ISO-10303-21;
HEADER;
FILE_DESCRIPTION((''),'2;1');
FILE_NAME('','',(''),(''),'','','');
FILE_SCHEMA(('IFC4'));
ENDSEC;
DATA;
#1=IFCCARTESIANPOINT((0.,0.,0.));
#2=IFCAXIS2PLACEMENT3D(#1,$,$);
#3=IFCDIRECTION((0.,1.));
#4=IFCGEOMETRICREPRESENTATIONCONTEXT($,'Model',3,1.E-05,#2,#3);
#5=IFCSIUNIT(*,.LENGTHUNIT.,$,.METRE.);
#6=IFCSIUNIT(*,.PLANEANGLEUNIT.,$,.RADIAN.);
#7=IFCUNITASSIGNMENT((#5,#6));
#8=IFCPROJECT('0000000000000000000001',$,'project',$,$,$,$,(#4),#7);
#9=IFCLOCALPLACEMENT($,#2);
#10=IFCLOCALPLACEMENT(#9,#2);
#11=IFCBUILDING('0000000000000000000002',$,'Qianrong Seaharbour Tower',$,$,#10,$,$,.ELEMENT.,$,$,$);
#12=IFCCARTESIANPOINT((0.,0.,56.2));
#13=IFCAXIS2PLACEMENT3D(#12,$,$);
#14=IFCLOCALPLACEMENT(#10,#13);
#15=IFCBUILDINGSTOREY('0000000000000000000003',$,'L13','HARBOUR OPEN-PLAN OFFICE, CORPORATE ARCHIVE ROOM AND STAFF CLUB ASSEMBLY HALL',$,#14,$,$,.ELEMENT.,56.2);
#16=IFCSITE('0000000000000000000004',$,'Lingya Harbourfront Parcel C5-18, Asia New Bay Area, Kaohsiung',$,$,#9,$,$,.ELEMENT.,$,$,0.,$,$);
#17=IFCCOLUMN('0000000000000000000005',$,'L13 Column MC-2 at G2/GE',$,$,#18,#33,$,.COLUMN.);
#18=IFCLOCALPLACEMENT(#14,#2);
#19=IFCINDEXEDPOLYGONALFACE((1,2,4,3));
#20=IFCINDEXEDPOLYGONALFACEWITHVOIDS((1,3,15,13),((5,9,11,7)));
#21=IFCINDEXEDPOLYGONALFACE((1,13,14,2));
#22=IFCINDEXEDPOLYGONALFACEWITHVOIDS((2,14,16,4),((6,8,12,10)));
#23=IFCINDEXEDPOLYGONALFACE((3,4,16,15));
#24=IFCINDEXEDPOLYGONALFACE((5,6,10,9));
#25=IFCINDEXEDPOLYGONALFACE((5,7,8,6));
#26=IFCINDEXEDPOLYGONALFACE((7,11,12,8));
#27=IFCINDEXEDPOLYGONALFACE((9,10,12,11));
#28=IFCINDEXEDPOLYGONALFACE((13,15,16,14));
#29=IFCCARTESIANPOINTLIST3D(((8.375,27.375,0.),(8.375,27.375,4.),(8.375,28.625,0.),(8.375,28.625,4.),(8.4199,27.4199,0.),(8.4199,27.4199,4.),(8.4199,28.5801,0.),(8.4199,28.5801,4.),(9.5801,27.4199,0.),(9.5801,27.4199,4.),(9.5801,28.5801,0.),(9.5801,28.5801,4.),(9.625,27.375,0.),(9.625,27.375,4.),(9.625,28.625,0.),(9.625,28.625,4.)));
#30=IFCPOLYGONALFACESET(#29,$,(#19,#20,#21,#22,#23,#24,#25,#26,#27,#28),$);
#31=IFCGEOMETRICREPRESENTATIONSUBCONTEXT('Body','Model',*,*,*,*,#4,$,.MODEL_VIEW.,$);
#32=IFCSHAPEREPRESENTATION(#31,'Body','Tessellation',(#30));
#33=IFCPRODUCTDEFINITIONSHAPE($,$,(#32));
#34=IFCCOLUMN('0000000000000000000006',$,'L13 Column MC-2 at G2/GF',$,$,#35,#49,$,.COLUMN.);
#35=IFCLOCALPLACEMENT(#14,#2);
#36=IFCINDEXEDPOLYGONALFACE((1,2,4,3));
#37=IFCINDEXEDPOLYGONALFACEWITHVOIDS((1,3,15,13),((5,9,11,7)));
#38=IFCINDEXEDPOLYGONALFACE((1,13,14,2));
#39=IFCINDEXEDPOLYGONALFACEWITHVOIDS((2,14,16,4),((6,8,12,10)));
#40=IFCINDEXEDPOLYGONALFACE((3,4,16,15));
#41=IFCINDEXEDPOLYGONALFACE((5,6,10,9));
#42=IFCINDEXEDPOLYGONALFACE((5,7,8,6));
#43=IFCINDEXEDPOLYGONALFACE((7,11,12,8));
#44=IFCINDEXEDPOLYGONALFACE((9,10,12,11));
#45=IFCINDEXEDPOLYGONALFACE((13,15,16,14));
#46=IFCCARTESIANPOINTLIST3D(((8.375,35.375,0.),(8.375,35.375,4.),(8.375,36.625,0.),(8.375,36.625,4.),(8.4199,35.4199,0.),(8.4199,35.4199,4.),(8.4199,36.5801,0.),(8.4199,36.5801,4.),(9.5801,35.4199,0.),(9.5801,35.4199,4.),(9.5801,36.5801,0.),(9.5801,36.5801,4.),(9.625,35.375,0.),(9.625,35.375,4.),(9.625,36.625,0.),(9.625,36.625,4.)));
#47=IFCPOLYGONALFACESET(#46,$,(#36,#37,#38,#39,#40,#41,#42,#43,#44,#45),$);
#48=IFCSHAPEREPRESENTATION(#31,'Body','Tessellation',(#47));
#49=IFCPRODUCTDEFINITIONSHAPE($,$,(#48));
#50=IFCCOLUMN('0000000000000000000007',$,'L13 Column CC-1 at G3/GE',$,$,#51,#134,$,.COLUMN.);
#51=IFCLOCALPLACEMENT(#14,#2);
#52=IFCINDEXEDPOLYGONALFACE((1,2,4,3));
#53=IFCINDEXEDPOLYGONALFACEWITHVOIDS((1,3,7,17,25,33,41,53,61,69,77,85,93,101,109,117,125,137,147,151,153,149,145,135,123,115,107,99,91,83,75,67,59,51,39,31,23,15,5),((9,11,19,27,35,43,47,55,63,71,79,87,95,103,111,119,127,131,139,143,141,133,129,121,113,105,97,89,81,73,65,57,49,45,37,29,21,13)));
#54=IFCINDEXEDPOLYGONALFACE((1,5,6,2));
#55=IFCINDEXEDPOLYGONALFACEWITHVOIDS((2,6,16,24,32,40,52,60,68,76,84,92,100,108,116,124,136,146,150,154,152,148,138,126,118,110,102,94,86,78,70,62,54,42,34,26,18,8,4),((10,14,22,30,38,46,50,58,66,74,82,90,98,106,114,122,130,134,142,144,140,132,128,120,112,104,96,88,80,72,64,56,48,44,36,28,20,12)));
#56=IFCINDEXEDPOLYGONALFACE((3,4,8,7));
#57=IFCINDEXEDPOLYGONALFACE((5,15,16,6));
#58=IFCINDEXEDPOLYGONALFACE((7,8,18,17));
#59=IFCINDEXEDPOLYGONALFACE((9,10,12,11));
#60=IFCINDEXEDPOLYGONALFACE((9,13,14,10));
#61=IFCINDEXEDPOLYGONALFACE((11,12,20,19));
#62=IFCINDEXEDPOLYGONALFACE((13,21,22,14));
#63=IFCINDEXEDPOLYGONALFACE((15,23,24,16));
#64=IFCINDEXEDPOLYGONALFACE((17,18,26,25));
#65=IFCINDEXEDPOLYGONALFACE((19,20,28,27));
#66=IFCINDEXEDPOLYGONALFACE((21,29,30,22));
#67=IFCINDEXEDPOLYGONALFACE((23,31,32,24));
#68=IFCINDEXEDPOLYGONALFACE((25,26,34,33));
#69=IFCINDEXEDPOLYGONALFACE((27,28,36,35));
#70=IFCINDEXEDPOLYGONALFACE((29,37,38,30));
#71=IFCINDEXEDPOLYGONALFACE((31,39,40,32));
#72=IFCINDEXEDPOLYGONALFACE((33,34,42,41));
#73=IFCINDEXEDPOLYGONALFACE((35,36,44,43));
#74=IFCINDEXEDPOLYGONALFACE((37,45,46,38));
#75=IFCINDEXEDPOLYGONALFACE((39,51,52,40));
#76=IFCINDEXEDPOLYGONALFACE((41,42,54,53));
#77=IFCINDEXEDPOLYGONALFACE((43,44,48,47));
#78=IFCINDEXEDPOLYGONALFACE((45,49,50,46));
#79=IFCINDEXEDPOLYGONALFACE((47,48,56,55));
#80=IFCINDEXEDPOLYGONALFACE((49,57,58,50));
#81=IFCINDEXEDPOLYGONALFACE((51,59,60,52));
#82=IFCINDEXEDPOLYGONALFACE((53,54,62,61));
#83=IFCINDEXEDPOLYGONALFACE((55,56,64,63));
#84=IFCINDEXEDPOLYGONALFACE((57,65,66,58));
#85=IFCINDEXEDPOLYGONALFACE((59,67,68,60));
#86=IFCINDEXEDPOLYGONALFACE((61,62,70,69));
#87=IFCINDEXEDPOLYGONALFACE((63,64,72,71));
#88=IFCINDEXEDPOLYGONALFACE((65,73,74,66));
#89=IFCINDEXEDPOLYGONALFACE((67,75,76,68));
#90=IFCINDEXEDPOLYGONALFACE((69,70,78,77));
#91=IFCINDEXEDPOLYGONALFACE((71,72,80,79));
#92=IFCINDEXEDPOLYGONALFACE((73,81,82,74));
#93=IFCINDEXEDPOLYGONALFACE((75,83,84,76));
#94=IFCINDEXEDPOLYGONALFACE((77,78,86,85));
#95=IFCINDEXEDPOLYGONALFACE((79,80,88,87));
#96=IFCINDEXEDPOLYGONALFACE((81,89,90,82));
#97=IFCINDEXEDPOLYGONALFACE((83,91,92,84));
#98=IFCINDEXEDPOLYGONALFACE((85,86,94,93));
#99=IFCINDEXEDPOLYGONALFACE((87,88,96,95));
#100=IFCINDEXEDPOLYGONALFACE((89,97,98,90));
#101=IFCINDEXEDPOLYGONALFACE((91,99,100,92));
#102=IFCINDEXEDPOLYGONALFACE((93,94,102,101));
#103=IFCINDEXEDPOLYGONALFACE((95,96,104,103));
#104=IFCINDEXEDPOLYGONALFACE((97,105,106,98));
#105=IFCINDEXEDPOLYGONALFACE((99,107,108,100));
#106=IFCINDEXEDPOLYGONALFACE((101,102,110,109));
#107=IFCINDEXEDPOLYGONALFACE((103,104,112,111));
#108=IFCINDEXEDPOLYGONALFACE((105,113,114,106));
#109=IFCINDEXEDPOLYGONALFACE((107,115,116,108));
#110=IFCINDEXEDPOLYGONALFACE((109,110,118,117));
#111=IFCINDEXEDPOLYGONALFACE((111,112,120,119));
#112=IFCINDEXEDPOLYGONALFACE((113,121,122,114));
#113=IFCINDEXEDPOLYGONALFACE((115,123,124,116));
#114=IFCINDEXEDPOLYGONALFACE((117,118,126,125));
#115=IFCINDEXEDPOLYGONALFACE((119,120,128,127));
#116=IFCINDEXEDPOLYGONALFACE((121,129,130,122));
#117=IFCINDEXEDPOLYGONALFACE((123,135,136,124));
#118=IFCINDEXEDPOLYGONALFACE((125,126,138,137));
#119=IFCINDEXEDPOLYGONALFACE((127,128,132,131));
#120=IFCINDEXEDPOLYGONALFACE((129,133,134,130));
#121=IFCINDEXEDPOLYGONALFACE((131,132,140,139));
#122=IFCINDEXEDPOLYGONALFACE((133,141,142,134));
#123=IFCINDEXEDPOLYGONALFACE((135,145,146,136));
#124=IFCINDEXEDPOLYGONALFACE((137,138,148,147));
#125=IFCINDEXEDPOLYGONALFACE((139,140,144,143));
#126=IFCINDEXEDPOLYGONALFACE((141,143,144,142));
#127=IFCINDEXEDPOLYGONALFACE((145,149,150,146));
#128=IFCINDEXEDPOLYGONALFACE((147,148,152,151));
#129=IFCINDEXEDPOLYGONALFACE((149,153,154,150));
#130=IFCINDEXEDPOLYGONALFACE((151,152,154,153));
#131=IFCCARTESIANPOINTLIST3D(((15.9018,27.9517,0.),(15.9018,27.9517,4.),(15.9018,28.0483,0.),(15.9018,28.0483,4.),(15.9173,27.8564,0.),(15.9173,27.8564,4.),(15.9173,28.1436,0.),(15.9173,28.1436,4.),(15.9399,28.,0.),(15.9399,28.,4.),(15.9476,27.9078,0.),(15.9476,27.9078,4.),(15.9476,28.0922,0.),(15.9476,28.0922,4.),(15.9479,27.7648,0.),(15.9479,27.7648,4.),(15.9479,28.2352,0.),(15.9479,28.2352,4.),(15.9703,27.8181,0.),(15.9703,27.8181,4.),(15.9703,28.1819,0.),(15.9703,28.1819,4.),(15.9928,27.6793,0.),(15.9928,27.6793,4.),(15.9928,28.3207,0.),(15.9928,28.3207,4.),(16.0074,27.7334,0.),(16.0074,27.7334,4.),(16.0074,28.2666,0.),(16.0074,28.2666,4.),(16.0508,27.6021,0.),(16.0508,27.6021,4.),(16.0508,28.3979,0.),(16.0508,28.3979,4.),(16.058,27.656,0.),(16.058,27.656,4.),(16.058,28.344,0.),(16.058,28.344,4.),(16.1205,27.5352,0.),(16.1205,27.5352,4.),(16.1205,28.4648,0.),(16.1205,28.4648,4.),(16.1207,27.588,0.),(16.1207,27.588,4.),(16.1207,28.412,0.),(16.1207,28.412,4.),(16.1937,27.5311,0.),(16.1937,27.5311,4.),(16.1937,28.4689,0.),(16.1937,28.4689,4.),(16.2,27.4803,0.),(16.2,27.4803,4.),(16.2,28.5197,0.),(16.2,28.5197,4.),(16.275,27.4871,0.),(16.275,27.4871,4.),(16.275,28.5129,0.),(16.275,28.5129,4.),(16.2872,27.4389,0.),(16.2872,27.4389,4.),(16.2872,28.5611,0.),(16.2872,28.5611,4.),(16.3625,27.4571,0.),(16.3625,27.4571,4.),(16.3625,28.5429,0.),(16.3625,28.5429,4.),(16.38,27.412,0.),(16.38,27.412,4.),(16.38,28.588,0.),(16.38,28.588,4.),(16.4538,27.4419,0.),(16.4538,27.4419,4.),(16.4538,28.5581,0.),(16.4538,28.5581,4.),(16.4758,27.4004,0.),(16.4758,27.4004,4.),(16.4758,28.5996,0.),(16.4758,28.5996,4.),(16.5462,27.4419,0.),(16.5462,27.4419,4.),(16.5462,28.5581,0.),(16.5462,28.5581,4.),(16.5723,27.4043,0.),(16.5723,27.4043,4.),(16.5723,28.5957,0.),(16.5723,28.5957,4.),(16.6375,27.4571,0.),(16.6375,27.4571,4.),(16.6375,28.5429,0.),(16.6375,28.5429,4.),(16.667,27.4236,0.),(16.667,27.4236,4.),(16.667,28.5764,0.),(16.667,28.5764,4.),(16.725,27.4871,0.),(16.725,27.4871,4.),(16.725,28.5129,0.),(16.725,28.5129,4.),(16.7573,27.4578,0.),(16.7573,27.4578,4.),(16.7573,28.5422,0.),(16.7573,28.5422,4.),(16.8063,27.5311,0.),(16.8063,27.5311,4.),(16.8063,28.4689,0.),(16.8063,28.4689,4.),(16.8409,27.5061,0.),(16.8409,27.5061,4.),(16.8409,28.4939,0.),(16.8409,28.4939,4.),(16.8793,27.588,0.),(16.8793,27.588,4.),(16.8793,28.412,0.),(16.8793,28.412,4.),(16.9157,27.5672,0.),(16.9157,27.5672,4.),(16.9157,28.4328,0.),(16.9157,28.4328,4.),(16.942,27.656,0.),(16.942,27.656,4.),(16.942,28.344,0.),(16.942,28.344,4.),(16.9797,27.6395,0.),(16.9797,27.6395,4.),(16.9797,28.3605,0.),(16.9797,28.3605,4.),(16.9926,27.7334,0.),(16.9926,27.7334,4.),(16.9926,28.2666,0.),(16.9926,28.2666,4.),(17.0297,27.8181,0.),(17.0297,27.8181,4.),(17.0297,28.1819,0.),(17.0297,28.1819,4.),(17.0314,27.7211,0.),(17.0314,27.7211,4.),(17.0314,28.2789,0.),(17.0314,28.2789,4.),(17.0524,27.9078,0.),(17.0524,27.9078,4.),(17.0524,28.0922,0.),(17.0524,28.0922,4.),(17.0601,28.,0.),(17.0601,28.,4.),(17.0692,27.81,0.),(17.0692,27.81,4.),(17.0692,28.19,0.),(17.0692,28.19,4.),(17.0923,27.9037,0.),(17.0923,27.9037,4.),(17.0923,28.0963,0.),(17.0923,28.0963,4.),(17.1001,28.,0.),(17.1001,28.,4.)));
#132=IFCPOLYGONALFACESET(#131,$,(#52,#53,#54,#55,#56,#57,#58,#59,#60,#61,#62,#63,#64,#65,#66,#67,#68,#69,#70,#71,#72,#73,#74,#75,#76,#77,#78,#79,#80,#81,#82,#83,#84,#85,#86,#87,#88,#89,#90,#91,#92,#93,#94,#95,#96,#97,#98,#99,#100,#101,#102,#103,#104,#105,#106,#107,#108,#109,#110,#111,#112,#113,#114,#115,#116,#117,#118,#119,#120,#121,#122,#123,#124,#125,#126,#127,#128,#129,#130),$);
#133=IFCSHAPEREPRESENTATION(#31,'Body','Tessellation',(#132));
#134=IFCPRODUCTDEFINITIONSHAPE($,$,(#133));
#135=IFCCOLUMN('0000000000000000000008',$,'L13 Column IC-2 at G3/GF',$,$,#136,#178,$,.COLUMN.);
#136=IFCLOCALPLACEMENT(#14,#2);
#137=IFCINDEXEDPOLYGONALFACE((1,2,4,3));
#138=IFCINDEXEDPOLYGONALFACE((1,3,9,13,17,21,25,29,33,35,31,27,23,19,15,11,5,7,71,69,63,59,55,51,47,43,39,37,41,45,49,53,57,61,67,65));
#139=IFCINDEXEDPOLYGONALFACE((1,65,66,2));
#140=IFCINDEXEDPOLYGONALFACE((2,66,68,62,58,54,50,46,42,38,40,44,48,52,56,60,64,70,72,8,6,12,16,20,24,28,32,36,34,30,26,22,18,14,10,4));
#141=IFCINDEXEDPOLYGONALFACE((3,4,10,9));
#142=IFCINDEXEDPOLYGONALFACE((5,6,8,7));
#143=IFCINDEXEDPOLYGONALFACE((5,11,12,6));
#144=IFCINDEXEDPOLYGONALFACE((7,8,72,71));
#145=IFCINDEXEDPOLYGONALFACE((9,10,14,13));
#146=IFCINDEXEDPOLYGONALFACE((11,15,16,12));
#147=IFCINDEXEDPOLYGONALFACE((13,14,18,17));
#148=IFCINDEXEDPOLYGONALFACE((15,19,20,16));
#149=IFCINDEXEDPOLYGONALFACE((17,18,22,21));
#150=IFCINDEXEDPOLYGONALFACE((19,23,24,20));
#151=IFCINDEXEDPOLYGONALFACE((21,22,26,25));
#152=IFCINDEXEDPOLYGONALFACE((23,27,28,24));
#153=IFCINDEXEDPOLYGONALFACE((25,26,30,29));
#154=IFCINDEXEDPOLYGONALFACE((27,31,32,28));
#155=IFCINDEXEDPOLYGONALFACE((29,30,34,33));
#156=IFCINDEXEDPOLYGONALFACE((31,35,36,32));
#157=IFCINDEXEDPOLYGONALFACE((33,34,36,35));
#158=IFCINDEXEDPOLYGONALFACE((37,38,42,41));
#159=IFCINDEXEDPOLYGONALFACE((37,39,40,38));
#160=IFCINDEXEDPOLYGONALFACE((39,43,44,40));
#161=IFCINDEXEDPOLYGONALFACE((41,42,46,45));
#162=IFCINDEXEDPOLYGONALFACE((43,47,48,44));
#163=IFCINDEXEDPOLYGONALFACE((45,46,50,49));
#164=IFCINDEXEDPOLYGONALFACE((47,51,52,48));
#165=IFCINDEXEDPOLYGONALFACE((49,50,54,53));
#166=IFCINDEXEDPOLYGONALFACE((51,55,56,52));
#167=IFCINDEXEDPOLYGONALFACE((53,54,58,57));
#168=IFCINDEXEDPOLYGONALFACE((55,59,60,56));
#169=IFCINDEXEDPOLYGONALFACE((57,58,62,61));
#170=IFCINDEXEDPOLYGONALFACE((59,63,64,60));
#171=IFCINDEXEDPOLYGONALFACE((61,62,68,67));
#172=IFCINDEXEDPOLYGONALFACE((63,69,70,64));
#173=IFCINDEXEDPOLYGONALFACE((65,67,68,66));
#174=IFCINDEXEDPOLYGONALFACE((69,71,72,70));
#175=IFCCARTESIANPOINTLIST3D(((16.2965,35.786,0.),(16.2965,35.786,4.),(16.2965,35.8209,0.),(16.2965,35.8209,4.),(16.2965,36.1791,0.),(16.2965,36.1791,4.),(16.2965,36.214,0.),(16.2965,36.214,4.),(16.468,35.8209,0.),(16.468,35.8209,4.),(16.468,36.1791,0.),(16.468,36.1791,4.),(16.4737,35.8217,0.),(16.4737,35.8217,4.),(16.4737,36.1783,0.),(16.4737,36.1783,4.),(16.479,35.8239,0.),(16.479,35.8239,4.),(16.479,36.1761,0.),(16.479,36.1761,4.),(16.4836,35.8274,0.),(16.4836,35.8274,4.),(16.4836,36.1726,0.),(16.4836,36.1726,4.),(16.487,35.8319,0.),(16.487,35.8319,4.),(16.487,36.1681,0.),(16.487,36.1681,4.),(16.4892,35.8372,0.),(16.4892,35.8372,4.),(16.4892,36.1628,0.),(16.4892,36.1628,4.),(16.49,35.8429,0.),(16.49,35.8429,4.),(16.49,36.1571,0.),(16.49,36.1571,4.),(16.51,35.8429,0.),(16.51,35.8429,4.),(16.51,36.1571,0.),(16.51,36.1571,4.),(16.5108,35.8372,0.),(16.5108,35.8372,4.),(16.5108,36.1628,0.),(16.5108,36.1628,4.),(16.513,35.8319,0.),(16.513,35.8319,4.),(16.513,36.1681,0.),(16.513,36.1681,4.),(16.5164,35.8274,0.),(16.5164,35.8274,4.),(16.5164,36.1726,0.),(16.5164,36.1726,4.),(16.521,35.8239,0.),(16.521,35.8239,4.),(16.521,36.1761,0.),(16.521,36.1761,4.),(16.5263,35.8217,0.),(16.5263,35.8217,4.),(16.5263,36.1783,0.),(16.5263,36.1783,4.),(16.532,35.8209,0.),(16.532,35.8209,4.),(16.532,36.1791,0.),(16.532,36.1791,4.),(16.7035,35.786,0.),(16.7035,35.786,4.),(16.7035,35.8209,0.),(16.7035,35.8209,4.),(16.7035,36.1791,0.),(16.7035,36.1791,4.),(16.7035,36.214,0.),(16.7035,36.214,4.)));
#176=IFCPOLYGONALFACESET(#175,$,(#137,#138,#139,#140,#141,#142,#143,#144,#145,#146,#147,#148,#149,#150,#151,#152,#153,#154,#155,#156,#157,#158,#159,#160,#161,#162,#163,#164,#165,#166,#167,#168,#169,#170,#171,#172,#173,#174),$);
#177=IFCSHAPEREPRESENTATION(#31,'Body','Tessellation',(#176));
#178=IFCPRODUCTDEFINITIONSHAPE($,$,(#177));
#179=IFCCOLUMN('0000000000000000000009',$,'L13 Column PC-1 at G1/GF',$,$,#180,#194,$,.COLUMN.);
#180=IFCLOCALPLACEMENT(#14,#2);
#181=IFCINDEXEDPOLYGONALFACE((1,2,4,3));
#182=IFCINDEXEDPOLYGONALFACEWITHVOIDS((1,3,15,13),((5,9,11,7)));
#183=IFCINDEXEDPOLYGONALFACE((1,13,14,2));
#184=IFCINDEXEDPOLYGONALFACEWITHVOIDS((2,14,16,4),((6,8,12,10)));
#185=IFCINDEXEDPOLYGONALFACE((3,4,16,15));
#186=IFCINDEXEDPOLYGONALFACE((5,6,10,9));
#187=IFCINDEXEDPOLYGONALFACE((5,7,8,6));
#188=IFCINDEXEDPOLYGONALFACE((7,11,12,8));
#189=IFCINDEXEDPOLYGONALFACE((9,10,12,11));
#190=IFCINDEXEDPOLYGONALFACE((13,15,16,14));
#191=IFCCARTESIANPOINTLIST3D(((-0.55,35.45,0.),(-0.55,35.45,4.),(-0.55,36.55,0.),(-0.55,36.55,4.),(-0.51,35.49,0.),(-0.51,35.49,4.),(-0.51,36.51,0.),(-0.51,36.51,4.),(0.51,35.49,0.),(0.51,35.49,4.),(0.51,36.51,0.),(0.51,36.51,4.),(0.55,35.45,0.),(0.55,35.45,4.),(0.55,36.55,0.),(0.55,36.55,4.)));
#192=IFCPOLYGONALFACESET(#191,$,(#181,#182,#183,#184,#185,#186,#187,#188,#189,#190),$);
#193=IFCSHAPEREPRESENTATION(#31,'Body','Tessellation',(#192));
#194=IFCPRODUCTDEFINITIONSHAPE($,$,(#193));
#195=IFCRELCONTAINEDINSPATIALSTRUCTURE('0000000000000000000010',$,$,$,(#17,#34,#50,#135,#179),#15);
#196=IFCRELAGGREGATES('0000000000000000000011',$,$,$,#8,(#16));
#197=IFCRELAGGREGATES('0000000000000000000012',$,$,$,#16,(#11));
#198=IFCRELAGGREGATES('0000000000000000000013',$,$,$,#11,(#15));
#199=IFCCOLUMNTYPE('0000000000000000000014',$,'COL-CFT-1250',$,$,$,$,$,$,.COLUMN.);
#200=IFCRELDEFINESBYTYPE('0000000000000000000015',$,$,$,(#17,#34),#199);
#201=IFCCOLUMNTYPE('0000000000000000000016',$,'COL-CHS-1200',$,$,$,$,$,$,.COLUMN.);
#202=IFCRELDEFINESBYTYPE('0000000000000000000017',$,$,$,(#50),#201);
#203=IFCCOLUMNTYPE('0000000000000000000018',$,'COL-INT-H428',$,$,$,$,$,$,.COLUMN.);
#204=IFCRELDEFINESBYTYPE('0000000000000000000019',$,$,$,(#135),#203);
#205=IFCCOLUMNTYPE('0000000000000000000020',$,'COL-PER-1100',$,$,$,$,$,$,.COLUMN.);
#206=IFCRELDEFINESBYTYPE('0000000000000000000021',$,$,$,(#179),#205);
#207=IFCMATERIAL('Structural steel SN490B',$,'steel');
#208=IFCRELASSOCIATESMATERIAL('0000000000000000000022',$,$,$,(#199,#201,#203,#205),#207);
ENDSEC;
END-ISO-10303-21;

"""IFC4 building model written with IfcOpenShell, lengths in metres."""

from ifc_helpers import new_model, si_unit, direction, frame, origin, origin_2d, place, context, subcontext, project, spatial, hollow_rectangle, hollow_circle, i_section, extrude, material, material_profile, profile_set, type_object, element, save


model = new_model("IFC4")

# Units and contexts
model_context = context("Model", 3, precision=1e-05, world=origin(), true_north=direction((0.0, 1.0)))
body_context = subcontext(model_context, "Body", "Model", "MODEL_VIEW")
ifc_project = project(units=[si_unit("LENGTHUNIT", "METRE"), si_unit("PLANEANGLEUNIT", "RADIAN")], contexts=[model_context])

# Site, building, storey
site_placement = place(None, origin())
site = spatial("IfcSite", under=ifc_project, at=site_placement, Name="Lingya Harbourfront Parcel C5-18, Asia New Bay Area, Kaohsiung", CompositionType="ELEMENT", RefElevation=0.0)
building_placement = place(site_placement, origin())
building = spatial("IfcBuilding", under=site, at=building_placement, Name="Qianrong Seaharbour Tower", CompositionType="ELEMENT")
storey_placement = place(building_placement, frame((0.0, 0.0, 56.2)))
storey = spatial("IfcBuildingStorey", under=building, at=storey_placement, Name="L13", Description="HARBOUR OPEN-PLAN OFFICE, CORPORATE ARCHIVE ROOM AND STAFF CLUB ASSEMBLY HALL", CompositionType="ELEMENT", Elevation=56.2)

# Columns
ifc_material_1 = material(Name="Structural steel SN490B", Category="steel")
ifc_material_profile_1 = material_profile(ifc_material_1, hollow_rectangle(XDim=1.25, YDim=1.25, WallThickness=0.0449, at=origin_2d()), Name="BOX1250x1250x45")
ifc_profile_set_1 = profile_set([ifc_material_profile_1], Name="Structural steel SN490B")
column_type_1 = type_object("IfcColumnType", Name="COL-CFT-1250", PredefinedType="COLUMN", material=ifc_profile_set_1)
for number, where, z_axis, x_axis, name in (
    (1, (9.0, 28.0, 0.0), (0.0, 0.0, 1.0), (1.0, 0.0, 0.0), "L13 Column MC-2 at G2/GE"),
    (2, (9.0, 36.0, 0.0), (0.0, 0.0, 1.0), (1.0, 0.0, 0.0), "L13 Column MC-2 at G2/GF"),
):
    element("IfcColumn", number, at=place(storey_placement, frame(where, z_axis=z_axis, x_axis=x_axis)), inside=storey, type_object=column_type_1, Name=name, PredefinedType="COLUMN", context=body_context, shape_type="SweptSolid", body=[
        extrude(hollow_rectangle(XDim=1.25, YDim=1.25, WallThickness=0.0449, at=origin_2d()), origin(), (0.0, 0.0, 1.0), 4.0),
    ])
ifc_material_profile_2 = material_profile(ifc_material_1, hollow_circle(Radius=0.6001, WallThickness=0.04, at=origin_2d()), Name="CHS1200x40")
ifc_profile_set_2 = profile_set([ifc_material_profile_2], Name="Structural steel SN490B")
column_type_2 = type_object("IfcColumnType", Name="COL-CHS-1200", PredefinedType="COLUMN", material=ifc_profile_set_2)
column_1_placement = place(storey_placement, frame((16.5, 28.0, 0.0), z_axis=(0.0, 0.0, 1.0), x_axis=(1.0, 0.0, 0.0)))
element("IfcColumn", 3, at=column_1_placement, inside=storey, type_object=column_type_2, Name="L13 Column CC-1 at G3/GE", PredefinedType="COLUMN", context=body_context, shape_type="SweptSolid", body=[
    extrude(hollow_circle(Radius=0.6001, WallThickness=0.04, at=origin_2d()), origin(), (0.0, 0.0, 1.0), 4.0),
])
ifc_material_profile_3 = material_profile(ifc_material_1, i_section(OverallWidth=0.407, OverallDepth=0.428, WebThickness=0.02, FlangeThickness=0.0349, FilletRadius=0.022, at=origin_2d()), Name="H428x407x20x35")
ifc_profile_set_3 = profile_set([ifc_material_profile_3], Name="Structural steel SN490B")
column_type_3 = type_object("IfcColumnType", Name="COL-INT-H428", PredefinedType="COLUMN", material=ifc_profile_set_3)
column_2_placement = place(storey_placement, frame((16.5, 36.0, 0.0), z_axis=(0.0, 0.0, 1.0), x_axis=(1.0, 0.0, 0.0)))
element("IfcColumn", 4, at=column_2_placement, inside=storey, type_object=column_type_3, Name="L13 Column IC-2 at G3/GF", PredefinedType="COLUMN", context=body_context, shape_type="SweptSolid", body=[
    extrude(i_section(OverallWidth=0.407, OverallDepth=0.428, WebThickness=0.02, FlangeThickness=0.0349, FilletRadius=0.022, at=origin_2d()), origin(), (0.0, 0.0, 1.0), 4.0),
])
ifc_material_profile_4 = material_profile(ifc_material_1, hollow_rectangle(XDim=1.1001, YDim=1.1001, WallThickness=0.04, at=origin_2d()), Name="BOX1100x1100x40")
ifc_profile_set_4 = profile_set([ifc_material_profile_4], Name="Structural steel SN490B")
column_type_4 = type_object("IfcColumnType", Name="COL-PER-1100", PredefinedType="COLUMN", material=ifc_profile_set_4)
column_3_placement = place(storey_placement, frame((0.0, 36.0, 0.0), z_axis=(0.0, 0.0, 1.0), x_axis=(1.0, 0.0, 0.0)))
element("IfcColumn", 5, at=column_3_placement, inside=storey, type_object=column_type_4, Name="L13 Column PC-1 at G1/GF", PredefinedType="COLUMN", context=body_context, shape_type="SweptSolid", body=[
    extrude(hollow_rectangle(XDim=1.1001, YDim=1.1001, WallThickness=0.04, at=origin_2d()), origin(), (0.0, 0.0, 1.0), 4.0),
])

save(model, "model.ifc")
